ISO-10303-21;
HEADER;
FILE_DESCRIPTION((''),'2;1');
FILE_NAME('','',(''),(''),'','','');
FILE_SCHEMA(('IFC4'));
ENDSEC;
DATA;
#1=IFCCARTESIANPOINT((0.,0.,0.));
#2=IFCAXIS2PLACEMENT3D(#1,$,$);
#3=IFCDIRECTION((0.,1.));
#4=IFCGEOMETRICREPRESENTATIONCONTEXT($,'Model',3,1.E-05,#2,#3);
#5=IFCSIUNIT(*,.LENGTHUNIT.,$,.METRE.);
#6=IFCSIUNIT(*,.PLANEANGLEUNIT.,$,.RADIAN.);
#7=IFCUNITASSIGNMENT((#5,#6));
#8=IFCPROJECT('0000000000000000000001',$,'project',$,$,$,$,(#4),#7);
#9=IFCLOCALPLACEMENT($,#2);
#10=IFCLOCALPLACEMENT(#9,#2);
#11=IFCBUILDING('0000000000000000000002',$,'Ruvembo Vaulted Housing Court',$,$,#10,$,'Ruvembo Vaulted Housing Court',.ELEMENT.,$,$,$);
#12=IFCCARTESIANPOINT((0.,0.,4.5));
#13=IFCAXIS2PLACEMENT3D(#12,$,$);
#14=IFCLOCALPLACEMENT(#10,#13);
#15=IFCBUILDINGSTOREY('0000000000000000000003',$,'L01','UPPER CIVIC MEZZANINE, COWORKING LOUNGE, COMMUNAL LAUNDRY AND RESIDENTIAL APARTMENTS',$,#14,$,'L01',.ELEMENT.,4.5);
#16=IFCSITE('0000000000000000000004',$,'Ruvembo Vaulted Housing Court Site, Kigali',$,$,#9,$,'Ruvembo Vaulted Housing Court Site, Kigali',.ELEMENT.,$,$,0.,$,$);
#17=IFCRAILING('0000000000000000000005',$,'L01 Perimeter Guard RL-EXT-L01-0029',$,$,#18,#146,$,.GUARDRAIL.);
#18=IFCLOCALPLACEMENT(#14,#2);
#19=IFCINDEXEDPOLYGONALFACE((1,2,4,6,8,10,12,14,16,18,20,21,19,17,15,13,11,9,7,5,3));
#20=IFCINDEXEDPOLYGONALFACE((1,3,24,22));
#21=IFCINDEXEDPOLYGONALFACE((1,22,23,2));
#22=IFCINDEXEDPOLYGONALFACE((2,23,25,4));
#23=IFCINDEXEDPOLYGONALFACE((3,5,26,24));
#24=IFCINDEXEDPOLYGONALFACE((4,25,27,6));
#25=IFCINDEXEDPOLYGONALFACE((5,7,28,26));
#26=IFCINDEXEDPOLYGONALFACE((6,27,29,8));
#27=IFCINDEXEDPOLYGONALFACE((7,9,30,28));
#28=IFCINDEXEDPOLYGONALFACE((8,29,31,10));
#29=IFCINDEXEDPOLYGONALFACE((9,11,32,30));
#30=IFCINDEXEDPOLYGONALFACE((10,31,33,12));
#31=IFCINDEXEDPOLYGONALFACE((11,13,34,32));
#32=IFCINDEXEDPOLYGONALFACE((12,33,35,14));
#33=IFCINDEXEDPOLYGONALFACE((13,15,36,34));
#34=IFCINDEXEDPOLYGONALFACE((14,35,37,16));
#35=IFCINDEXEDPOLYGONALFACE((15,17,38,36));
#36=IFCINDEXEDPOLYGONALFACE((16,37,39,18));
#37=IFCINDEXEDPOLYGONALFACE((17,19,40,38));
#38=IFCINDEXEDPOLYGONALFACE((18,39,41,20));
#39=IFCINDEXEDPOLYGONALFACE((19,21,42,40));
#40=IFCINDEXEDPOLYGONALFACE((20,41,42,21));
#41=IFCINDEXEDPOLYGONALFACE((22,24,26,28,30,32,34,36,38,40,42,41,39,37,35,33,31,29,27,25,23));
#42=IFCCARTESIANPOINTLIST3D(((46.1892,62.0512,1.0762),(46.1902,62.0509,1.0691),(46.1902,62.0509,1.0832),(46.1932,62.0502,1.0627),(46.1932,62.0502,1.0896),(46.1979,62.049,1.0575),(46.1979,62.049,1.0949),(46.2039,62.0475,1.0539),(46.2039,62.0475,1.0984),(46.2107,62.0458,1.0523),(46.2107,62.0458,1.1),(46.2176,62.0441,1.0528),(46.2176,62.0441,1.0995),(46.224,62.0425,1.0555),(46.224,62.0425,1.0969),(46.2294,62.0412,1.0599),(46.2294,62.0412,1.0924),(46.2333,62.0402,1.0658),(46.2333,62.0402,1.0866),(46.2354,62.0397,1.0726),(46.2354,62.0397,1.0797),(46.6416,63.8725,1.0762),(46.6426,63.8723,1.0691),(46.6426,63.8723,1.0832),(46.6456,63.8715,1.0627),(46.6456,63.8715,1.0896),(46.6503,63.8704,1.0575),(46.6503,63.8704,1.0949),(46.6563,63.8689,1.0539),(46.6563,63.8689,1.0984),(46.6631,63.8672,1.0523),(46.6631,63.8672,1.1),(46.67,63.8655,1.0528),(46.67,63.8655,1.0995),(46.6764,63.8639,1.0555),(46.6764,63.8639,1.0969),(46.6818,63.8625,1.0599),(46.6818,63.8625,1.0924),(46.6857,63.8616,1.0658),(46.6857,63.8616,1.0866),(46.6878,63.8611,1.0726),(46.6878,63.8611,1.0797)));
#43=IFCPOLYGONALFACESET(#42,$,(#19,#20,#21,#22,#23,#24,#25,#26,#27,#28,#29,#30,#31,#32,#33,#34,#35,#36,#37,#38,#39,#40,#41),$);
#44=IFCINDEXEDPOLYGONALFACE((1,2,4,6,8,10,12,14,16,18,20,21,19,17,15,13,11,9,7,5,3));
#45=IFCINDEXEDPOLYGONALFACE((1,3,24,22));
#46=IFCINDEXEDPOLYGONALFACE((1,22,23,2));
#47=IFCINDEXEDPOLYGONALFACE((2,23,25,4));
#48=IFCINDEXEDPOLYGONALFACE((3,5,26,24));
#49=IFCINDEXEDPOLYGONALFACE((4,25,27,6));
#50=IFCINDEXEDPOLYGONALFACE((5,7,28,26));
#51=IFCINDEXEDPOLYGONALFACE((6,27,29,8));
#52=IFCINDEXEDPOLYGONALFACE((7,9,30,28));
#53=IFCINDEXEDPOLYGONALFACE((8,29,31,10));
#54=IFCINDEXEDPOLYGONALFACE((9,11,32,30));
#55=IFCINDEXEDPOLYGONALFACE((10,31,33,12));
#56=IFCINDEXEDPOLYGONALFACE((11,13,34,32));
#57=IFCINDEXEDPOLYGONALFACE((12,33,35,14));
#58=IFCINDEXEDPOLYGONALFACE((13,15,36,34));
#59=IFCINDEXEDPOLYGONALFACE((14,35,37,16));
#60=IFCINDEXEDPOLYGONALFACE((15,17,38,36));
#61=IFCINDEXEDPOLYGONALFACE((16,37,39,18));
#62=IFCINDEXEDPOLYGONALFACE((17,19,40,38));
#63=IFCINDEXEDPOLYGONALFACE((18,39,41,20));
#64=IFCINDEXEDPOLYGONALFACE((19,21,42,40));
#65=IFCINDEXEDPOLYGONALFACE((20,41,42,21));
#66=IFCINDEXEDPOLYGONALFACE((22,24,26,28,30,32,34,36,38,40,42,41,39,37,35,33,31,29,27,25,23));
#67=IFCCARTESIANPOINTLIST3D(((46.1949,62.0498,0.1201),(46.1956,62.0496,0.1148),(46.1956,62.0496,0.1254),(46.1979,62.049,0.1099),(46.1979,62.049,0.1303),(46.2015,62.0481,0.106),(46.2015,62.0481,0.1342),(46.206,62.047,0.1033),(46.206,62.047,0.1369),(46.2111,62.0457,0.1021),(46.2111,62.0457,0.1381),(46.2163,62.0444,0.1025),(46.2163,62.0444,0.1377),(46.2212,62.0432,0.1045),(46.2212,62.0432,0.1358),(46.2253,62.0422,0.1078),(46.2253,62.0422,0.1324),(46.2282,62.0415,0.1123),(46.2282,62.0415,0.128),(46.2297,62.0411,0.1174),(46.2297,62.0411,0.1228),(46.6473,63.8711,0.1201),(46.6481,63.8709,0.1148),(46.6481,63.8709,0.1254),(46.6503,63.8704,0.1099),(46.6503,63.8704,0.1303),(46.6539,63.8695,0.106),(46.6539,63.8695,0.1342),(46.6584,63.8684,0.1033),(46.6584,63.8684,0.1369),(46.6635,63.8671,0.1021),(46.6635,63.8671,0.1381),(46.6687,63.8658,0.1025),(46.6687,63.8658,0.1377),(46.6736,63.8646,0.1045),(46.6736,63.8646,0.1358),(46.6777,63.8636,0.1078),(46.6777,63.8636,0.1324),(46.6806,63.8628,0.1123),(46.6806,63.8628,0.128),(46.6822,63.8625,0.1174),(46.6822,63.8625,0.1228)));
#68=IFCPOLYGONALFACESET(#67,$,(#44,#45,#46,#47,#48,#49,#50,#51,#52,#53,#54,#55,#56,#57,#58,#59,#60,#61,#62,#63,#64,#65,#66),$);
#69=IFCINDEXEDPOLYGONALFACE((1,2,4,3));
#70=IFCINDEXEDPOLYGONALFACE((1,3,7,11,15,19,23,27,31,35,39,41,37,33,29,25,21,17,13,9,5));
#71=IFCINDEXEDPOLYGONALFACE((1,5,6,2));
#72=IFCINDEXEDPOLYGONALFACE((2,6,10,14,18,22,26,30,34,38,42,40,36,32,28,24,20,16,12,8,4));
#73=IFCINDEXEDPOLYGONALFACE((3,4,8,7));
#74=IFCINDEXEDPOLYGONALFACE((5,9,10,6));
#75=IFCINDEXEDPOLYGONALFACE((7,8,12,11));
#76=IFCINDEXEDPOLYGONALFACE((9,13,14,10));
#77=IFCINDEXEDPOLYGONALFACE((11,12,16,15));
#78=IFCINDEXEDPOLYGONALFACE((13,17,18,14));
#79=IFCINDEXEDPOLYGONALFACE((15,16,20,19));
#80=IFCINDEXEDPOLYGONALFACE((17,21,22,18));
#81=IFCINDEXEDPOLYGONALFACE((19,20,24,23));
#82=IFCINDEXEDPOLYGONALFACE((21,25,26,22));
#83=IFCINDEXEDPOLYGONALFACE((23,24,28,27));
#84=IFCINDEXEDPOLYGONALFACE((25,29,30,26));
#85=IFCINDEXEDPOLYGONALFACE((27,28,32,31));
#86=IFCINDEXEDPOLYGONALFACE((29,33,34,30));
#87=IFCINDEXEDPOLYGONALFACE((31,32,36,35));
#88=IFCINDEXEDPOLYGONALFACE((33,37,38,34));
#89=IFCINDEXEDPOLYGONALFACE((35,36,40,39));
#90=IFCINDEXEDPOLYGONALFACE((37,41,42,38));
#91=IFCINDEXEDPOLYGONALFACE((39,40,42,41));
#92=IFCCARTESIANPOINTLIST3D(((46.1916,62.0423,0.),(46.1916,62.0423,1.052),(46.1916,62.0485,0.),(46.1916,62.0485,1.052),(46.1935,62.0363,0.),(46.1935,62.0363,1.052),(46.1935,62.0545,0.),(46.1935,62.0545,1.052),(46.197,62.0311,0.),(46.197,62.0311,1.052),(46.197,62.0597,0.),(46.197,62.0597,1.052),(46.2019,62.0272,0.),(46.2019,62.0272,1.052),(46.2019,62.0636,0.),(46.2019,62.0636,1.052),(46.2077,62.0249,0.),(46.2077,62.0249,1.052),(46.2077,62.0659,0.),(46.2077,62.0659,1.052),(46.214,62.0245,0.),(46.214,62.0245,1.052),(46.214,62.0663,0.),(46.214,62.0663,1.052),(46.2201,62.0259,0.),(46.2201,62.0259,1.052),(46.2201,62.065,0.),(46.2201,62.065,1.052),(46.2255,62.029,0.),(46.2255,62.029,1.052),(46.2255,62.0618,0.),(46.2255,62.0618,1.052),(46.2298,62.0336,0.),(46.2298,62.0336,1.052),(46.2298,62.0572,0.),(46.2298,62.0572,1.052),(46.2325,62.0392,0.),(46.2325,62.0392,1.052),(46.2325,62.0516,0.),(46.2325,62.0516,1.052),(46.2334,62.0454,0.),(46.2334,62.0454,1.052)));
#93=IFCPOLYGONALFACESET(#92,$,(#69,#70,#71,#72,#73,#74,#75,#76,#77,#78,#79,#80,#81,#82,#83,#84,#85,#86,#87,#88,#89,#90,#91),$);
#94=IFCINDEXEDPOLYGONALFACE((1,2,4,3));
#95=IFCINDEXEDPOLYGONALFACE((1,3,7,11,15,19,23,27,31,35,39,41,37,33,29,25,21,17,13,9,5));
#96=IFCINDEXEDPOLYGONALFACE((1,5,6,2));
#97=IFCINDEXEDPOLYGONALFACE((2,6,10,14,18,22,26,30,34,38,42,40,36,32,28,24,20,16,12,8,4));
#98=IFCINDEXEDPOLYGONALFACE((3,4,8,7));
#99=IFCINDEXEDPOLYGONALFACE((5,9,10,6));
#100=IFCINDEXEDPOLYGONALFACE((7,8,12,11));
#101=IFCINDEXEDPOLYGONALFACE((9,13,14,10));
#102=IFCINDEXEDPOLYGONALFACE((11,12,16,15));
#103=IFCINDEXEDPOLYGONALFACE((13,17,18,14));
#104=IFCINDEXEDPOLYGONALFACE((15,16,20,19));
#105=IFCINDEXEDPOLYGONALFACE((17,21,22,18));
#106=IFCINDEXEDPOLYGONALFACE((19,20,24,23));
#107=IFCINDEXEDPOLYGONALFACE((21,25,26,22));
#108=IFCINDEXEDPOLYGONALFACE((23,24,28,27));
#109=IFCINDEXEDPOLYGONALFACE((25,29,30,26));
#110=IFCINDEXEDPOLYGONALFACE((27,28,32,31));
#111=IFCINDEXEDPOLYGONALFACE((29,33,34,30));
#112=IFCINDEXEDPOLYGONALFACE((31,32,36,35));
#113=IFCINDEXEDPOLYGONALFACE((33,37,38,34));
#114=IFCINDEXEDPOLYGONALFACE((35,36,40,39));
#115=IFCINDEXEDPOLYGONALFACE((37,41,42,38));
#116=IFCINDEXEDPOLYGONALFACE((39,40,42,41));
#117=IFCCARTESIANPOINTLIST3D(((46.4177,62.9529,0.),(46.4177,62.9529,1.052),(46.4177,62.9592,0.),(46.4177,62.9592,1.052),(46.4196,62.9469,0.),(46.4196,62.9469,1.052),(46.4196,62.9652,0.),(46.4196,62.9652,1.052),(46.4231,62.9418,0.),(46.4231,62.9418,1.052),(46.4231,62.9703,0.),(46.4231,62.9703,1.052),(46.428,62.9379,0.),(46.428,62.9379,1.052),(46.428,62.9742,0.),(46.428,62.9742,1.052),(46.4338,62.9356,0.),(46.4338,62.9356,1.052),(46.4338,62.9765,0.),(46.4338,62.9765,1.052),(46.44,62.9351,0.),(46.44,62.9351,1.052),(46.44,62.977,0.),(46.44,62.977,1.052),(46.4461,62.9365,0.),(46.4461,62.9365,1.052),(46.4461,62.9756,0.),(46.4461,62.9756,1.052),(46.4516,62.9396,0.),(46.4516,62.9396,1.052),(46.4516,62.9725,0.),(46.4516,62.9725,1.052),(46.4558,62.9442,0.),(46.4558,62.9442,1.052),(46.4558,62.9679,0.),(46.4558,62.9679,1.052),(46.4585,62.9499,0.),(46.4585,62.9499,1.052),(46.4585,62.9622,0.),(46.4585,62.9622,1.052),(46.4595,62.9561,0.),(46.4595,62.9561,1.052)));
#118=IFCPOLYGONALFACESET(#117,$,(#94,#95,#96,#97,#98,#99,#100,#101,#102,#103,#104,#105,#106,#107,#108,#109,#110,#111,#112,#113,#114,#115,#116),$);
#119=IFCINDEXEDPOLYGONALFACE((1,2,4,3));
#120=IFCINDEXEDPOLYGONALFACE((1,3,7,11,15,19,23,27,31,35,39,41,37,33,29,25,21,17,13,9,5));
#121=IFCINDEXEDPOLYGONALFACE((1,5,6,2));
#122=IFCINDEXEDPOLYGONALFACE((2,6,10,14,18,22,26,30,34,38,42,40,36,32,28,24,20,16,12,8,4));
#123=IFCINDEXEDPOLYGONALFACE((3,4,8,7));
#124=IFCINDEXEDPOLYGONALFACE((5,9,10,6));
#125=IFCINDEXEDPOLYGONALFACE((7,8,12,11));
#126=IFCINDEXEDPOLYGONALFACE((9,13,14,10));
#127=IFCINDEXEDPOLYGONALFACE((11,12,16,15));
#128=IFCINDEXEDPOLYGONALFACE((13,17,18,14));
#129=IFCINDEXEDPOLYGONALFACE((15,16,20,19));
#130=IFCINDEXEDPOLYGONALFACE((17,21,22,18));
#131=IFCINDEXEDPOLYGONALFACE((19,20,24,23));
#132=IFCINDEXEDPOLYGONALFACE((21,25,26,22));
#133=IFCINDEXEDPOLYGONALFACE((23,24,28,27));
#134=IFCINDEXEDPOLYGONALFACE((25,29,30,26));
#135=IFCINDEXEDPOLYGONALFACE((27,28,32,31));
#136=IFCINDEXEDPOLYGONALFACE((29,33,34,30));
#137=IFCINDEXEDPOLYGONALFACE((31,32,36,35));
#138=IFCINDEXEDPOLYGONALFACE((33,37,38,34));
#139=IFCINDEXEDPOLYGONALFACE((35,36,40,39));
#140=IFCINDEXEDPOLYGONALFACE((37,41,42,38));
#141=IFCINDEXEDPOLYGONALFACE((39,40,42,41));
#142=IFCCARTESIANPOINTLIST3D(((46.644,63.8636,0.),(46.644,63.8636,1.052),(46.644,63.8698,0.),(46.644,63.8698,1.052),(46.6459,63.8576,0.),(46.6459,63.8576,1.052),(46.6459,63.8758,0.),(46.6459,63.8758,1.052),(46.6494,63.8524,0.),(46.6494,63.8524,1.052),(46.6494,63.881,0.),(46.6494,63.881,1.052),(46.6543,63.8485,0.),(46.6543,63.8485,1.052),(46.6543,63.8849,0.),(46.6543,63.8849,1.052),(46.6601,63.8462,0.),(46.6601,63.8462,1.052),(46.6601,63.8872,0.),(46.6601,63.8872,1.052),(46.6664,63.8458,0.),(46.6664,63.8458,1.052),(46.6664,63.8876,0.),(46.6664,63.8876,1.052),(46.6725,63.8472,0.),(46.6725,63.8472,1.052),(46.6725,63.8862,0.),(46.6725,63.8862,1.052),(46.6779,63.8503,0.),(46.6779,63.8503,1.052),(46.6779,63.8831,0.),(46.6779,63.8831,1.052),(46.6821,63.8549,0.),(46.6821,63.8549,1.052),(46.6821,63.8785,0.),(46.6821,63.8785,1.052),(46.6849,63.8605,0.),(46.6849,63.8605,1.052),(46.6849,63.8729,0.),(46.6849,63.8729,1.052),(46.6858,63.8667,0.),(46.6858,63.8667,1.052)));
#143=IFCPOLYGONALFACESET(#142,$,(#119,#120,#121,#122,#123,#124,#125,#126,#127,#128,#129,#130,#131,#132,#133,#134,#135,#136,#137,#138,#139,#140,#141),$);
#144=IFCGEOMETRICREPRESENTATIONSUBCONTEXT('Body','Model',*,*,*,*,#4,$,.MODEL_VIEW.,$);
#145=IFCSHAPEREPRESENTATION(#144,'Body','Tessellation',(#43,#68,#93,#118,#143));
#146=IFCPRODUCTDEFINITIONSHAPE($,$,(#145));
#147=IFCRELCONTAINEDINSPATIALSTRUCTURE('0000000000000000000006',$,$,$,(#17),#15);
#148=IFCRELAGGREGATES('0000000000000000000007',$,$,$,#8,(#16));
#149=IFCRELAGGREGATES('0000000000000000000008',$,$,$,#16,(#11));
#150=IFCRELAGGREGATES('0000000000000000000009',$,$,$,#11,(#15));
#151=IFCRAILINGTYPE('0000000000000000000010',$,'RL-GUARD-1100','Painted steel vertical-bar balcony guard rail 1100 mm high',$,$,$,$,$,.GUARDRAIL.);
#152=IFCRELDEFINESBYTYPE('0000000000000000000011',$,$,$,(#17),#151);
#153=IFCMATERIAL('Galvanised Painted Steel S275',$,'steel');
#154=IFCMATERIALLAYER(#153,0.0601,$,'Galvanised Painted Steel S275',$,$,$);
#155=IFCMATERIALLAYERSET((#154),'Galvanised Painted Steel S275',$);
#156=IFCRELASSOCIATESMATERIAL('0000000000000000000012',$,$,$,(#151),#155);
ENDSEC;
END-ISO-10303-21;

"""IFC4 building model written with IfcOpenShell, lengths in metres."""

from ifc_helpers import new_model, si_unit, direction, frame, origin, origin_2d, place, context, subcontext, project, spatial, circle, extrude, material, layer, layer_set, type_object, element, save


model = new_model("IFC4")

# Units and contexts
model_context = context("Model", 3, precision=1e-05, world=origin(), true_north=direction((0.0, 1.0)))
body_context = subcontext(model_context, "Body", "Model", "MODEL_VIEW")
ifc_project = project(units=[si_unit("LENGTHUNIT", "METRE"), si_unit("PLANEANGLEUNIT", "RADIAN")], contexts=[model_context])

# Site, building, storey
site_placement = place(None, origin())
site = spatial("IfcSite", under=ifc_project, at=site_placement, Name="Ruvembo Vaulted Housing Court Site, Kigali", LongName="Ruvembo Vaulted Housing Court Site, Kigali", CompositionType="ELEMENT", RefElevation=0.0)
building_placement = place(site_placement, origin())
building = spatial("IfcBuilding", under=site, at=building_placement, Name="Ruvembo Vaulted Housing Court", LongName="Ruvembo Vaulted Housing Court", CompositionType="ELEMENT")
storey_placement = place(building_placement, frame((0.0, 0.0, 4.5)))
storey = spatial("IfcBuildingStorey", under=building, at=storey_placement, Name="L01", Description="UPPER CIVIC MEZZANINE, COWORKING LOUNGE, COMMUNAL LAUNDRY AND RESIDENTIAL APARTMENTS", LongName="L01", CompositionType="ELEMENT", Elevation=4.5)

# Railing
ifc_material_1 = material(Name="Galvanised Painted Steel S275", Category="steel")
ifc_layer = layer(ifc_material_1, 0.0601, Name="Galvanised Painted Steel S275")
ifc_layer_set = layer_set([ifc_layer], Name="Galvanised Painted Steel S275")
railing_type = type_object("IfcRailingType", Name="RL-GUARD-1100", Description="Painted steel vertical-bar balcony guard rail 1100 mm high", PredefinedType="GUARDRAIL", material=ifc_layer_set)
railing_1_placement = place(storey_placement, frame((46.2124, 62.0454, 0.0)))
element("IfcRailing", 1, at=railing_1_placement, inside=storey, type_object=railing_type, Name="L01 Perimeter Guard RL-EXT-L01-0029", PredefinedType="GUARDRAIL", context=body_context, shape_type="SweptSolid", body=[
    extrude(circle(Radius=0.0239, at=origin_2d()), frame((0.0, 0.0, 1.0762), z_axis=(0.241066, 0.970509, 0.0), x_axis=(-0.970509, 0.241066, 0.0)), (0.0, 0.0, 1.0), 1.8767),
    extrude(circle(Radius=0.0181, at=origin_2d()), frame((0.0, 0.0, 0.1201), z_axis=(0.241066, 0.970509, 0.0), x_axis=(-0.970509, 0.241066, 0.0)), (0.0, 0.0, 1.0), 1.8767),
    extrude(circle(Radius=0.021, at=origin_2d()), origin(), (0.0, 0.0, 1.0), 1.052),
    extrude(circle(Radius=0.021, at=origin_2d()), frame((0.2261, 0.9106, 0.0)), (0.0, 0.0, 1.0), 1.052),
    extrude(circle(Radius=0.021, at=origin_2d()), frame((0.4524, 1.8213, 0.0)), (0.0, 0.0, 1.0), 1.052),
])

save(model, "model.ifc")
